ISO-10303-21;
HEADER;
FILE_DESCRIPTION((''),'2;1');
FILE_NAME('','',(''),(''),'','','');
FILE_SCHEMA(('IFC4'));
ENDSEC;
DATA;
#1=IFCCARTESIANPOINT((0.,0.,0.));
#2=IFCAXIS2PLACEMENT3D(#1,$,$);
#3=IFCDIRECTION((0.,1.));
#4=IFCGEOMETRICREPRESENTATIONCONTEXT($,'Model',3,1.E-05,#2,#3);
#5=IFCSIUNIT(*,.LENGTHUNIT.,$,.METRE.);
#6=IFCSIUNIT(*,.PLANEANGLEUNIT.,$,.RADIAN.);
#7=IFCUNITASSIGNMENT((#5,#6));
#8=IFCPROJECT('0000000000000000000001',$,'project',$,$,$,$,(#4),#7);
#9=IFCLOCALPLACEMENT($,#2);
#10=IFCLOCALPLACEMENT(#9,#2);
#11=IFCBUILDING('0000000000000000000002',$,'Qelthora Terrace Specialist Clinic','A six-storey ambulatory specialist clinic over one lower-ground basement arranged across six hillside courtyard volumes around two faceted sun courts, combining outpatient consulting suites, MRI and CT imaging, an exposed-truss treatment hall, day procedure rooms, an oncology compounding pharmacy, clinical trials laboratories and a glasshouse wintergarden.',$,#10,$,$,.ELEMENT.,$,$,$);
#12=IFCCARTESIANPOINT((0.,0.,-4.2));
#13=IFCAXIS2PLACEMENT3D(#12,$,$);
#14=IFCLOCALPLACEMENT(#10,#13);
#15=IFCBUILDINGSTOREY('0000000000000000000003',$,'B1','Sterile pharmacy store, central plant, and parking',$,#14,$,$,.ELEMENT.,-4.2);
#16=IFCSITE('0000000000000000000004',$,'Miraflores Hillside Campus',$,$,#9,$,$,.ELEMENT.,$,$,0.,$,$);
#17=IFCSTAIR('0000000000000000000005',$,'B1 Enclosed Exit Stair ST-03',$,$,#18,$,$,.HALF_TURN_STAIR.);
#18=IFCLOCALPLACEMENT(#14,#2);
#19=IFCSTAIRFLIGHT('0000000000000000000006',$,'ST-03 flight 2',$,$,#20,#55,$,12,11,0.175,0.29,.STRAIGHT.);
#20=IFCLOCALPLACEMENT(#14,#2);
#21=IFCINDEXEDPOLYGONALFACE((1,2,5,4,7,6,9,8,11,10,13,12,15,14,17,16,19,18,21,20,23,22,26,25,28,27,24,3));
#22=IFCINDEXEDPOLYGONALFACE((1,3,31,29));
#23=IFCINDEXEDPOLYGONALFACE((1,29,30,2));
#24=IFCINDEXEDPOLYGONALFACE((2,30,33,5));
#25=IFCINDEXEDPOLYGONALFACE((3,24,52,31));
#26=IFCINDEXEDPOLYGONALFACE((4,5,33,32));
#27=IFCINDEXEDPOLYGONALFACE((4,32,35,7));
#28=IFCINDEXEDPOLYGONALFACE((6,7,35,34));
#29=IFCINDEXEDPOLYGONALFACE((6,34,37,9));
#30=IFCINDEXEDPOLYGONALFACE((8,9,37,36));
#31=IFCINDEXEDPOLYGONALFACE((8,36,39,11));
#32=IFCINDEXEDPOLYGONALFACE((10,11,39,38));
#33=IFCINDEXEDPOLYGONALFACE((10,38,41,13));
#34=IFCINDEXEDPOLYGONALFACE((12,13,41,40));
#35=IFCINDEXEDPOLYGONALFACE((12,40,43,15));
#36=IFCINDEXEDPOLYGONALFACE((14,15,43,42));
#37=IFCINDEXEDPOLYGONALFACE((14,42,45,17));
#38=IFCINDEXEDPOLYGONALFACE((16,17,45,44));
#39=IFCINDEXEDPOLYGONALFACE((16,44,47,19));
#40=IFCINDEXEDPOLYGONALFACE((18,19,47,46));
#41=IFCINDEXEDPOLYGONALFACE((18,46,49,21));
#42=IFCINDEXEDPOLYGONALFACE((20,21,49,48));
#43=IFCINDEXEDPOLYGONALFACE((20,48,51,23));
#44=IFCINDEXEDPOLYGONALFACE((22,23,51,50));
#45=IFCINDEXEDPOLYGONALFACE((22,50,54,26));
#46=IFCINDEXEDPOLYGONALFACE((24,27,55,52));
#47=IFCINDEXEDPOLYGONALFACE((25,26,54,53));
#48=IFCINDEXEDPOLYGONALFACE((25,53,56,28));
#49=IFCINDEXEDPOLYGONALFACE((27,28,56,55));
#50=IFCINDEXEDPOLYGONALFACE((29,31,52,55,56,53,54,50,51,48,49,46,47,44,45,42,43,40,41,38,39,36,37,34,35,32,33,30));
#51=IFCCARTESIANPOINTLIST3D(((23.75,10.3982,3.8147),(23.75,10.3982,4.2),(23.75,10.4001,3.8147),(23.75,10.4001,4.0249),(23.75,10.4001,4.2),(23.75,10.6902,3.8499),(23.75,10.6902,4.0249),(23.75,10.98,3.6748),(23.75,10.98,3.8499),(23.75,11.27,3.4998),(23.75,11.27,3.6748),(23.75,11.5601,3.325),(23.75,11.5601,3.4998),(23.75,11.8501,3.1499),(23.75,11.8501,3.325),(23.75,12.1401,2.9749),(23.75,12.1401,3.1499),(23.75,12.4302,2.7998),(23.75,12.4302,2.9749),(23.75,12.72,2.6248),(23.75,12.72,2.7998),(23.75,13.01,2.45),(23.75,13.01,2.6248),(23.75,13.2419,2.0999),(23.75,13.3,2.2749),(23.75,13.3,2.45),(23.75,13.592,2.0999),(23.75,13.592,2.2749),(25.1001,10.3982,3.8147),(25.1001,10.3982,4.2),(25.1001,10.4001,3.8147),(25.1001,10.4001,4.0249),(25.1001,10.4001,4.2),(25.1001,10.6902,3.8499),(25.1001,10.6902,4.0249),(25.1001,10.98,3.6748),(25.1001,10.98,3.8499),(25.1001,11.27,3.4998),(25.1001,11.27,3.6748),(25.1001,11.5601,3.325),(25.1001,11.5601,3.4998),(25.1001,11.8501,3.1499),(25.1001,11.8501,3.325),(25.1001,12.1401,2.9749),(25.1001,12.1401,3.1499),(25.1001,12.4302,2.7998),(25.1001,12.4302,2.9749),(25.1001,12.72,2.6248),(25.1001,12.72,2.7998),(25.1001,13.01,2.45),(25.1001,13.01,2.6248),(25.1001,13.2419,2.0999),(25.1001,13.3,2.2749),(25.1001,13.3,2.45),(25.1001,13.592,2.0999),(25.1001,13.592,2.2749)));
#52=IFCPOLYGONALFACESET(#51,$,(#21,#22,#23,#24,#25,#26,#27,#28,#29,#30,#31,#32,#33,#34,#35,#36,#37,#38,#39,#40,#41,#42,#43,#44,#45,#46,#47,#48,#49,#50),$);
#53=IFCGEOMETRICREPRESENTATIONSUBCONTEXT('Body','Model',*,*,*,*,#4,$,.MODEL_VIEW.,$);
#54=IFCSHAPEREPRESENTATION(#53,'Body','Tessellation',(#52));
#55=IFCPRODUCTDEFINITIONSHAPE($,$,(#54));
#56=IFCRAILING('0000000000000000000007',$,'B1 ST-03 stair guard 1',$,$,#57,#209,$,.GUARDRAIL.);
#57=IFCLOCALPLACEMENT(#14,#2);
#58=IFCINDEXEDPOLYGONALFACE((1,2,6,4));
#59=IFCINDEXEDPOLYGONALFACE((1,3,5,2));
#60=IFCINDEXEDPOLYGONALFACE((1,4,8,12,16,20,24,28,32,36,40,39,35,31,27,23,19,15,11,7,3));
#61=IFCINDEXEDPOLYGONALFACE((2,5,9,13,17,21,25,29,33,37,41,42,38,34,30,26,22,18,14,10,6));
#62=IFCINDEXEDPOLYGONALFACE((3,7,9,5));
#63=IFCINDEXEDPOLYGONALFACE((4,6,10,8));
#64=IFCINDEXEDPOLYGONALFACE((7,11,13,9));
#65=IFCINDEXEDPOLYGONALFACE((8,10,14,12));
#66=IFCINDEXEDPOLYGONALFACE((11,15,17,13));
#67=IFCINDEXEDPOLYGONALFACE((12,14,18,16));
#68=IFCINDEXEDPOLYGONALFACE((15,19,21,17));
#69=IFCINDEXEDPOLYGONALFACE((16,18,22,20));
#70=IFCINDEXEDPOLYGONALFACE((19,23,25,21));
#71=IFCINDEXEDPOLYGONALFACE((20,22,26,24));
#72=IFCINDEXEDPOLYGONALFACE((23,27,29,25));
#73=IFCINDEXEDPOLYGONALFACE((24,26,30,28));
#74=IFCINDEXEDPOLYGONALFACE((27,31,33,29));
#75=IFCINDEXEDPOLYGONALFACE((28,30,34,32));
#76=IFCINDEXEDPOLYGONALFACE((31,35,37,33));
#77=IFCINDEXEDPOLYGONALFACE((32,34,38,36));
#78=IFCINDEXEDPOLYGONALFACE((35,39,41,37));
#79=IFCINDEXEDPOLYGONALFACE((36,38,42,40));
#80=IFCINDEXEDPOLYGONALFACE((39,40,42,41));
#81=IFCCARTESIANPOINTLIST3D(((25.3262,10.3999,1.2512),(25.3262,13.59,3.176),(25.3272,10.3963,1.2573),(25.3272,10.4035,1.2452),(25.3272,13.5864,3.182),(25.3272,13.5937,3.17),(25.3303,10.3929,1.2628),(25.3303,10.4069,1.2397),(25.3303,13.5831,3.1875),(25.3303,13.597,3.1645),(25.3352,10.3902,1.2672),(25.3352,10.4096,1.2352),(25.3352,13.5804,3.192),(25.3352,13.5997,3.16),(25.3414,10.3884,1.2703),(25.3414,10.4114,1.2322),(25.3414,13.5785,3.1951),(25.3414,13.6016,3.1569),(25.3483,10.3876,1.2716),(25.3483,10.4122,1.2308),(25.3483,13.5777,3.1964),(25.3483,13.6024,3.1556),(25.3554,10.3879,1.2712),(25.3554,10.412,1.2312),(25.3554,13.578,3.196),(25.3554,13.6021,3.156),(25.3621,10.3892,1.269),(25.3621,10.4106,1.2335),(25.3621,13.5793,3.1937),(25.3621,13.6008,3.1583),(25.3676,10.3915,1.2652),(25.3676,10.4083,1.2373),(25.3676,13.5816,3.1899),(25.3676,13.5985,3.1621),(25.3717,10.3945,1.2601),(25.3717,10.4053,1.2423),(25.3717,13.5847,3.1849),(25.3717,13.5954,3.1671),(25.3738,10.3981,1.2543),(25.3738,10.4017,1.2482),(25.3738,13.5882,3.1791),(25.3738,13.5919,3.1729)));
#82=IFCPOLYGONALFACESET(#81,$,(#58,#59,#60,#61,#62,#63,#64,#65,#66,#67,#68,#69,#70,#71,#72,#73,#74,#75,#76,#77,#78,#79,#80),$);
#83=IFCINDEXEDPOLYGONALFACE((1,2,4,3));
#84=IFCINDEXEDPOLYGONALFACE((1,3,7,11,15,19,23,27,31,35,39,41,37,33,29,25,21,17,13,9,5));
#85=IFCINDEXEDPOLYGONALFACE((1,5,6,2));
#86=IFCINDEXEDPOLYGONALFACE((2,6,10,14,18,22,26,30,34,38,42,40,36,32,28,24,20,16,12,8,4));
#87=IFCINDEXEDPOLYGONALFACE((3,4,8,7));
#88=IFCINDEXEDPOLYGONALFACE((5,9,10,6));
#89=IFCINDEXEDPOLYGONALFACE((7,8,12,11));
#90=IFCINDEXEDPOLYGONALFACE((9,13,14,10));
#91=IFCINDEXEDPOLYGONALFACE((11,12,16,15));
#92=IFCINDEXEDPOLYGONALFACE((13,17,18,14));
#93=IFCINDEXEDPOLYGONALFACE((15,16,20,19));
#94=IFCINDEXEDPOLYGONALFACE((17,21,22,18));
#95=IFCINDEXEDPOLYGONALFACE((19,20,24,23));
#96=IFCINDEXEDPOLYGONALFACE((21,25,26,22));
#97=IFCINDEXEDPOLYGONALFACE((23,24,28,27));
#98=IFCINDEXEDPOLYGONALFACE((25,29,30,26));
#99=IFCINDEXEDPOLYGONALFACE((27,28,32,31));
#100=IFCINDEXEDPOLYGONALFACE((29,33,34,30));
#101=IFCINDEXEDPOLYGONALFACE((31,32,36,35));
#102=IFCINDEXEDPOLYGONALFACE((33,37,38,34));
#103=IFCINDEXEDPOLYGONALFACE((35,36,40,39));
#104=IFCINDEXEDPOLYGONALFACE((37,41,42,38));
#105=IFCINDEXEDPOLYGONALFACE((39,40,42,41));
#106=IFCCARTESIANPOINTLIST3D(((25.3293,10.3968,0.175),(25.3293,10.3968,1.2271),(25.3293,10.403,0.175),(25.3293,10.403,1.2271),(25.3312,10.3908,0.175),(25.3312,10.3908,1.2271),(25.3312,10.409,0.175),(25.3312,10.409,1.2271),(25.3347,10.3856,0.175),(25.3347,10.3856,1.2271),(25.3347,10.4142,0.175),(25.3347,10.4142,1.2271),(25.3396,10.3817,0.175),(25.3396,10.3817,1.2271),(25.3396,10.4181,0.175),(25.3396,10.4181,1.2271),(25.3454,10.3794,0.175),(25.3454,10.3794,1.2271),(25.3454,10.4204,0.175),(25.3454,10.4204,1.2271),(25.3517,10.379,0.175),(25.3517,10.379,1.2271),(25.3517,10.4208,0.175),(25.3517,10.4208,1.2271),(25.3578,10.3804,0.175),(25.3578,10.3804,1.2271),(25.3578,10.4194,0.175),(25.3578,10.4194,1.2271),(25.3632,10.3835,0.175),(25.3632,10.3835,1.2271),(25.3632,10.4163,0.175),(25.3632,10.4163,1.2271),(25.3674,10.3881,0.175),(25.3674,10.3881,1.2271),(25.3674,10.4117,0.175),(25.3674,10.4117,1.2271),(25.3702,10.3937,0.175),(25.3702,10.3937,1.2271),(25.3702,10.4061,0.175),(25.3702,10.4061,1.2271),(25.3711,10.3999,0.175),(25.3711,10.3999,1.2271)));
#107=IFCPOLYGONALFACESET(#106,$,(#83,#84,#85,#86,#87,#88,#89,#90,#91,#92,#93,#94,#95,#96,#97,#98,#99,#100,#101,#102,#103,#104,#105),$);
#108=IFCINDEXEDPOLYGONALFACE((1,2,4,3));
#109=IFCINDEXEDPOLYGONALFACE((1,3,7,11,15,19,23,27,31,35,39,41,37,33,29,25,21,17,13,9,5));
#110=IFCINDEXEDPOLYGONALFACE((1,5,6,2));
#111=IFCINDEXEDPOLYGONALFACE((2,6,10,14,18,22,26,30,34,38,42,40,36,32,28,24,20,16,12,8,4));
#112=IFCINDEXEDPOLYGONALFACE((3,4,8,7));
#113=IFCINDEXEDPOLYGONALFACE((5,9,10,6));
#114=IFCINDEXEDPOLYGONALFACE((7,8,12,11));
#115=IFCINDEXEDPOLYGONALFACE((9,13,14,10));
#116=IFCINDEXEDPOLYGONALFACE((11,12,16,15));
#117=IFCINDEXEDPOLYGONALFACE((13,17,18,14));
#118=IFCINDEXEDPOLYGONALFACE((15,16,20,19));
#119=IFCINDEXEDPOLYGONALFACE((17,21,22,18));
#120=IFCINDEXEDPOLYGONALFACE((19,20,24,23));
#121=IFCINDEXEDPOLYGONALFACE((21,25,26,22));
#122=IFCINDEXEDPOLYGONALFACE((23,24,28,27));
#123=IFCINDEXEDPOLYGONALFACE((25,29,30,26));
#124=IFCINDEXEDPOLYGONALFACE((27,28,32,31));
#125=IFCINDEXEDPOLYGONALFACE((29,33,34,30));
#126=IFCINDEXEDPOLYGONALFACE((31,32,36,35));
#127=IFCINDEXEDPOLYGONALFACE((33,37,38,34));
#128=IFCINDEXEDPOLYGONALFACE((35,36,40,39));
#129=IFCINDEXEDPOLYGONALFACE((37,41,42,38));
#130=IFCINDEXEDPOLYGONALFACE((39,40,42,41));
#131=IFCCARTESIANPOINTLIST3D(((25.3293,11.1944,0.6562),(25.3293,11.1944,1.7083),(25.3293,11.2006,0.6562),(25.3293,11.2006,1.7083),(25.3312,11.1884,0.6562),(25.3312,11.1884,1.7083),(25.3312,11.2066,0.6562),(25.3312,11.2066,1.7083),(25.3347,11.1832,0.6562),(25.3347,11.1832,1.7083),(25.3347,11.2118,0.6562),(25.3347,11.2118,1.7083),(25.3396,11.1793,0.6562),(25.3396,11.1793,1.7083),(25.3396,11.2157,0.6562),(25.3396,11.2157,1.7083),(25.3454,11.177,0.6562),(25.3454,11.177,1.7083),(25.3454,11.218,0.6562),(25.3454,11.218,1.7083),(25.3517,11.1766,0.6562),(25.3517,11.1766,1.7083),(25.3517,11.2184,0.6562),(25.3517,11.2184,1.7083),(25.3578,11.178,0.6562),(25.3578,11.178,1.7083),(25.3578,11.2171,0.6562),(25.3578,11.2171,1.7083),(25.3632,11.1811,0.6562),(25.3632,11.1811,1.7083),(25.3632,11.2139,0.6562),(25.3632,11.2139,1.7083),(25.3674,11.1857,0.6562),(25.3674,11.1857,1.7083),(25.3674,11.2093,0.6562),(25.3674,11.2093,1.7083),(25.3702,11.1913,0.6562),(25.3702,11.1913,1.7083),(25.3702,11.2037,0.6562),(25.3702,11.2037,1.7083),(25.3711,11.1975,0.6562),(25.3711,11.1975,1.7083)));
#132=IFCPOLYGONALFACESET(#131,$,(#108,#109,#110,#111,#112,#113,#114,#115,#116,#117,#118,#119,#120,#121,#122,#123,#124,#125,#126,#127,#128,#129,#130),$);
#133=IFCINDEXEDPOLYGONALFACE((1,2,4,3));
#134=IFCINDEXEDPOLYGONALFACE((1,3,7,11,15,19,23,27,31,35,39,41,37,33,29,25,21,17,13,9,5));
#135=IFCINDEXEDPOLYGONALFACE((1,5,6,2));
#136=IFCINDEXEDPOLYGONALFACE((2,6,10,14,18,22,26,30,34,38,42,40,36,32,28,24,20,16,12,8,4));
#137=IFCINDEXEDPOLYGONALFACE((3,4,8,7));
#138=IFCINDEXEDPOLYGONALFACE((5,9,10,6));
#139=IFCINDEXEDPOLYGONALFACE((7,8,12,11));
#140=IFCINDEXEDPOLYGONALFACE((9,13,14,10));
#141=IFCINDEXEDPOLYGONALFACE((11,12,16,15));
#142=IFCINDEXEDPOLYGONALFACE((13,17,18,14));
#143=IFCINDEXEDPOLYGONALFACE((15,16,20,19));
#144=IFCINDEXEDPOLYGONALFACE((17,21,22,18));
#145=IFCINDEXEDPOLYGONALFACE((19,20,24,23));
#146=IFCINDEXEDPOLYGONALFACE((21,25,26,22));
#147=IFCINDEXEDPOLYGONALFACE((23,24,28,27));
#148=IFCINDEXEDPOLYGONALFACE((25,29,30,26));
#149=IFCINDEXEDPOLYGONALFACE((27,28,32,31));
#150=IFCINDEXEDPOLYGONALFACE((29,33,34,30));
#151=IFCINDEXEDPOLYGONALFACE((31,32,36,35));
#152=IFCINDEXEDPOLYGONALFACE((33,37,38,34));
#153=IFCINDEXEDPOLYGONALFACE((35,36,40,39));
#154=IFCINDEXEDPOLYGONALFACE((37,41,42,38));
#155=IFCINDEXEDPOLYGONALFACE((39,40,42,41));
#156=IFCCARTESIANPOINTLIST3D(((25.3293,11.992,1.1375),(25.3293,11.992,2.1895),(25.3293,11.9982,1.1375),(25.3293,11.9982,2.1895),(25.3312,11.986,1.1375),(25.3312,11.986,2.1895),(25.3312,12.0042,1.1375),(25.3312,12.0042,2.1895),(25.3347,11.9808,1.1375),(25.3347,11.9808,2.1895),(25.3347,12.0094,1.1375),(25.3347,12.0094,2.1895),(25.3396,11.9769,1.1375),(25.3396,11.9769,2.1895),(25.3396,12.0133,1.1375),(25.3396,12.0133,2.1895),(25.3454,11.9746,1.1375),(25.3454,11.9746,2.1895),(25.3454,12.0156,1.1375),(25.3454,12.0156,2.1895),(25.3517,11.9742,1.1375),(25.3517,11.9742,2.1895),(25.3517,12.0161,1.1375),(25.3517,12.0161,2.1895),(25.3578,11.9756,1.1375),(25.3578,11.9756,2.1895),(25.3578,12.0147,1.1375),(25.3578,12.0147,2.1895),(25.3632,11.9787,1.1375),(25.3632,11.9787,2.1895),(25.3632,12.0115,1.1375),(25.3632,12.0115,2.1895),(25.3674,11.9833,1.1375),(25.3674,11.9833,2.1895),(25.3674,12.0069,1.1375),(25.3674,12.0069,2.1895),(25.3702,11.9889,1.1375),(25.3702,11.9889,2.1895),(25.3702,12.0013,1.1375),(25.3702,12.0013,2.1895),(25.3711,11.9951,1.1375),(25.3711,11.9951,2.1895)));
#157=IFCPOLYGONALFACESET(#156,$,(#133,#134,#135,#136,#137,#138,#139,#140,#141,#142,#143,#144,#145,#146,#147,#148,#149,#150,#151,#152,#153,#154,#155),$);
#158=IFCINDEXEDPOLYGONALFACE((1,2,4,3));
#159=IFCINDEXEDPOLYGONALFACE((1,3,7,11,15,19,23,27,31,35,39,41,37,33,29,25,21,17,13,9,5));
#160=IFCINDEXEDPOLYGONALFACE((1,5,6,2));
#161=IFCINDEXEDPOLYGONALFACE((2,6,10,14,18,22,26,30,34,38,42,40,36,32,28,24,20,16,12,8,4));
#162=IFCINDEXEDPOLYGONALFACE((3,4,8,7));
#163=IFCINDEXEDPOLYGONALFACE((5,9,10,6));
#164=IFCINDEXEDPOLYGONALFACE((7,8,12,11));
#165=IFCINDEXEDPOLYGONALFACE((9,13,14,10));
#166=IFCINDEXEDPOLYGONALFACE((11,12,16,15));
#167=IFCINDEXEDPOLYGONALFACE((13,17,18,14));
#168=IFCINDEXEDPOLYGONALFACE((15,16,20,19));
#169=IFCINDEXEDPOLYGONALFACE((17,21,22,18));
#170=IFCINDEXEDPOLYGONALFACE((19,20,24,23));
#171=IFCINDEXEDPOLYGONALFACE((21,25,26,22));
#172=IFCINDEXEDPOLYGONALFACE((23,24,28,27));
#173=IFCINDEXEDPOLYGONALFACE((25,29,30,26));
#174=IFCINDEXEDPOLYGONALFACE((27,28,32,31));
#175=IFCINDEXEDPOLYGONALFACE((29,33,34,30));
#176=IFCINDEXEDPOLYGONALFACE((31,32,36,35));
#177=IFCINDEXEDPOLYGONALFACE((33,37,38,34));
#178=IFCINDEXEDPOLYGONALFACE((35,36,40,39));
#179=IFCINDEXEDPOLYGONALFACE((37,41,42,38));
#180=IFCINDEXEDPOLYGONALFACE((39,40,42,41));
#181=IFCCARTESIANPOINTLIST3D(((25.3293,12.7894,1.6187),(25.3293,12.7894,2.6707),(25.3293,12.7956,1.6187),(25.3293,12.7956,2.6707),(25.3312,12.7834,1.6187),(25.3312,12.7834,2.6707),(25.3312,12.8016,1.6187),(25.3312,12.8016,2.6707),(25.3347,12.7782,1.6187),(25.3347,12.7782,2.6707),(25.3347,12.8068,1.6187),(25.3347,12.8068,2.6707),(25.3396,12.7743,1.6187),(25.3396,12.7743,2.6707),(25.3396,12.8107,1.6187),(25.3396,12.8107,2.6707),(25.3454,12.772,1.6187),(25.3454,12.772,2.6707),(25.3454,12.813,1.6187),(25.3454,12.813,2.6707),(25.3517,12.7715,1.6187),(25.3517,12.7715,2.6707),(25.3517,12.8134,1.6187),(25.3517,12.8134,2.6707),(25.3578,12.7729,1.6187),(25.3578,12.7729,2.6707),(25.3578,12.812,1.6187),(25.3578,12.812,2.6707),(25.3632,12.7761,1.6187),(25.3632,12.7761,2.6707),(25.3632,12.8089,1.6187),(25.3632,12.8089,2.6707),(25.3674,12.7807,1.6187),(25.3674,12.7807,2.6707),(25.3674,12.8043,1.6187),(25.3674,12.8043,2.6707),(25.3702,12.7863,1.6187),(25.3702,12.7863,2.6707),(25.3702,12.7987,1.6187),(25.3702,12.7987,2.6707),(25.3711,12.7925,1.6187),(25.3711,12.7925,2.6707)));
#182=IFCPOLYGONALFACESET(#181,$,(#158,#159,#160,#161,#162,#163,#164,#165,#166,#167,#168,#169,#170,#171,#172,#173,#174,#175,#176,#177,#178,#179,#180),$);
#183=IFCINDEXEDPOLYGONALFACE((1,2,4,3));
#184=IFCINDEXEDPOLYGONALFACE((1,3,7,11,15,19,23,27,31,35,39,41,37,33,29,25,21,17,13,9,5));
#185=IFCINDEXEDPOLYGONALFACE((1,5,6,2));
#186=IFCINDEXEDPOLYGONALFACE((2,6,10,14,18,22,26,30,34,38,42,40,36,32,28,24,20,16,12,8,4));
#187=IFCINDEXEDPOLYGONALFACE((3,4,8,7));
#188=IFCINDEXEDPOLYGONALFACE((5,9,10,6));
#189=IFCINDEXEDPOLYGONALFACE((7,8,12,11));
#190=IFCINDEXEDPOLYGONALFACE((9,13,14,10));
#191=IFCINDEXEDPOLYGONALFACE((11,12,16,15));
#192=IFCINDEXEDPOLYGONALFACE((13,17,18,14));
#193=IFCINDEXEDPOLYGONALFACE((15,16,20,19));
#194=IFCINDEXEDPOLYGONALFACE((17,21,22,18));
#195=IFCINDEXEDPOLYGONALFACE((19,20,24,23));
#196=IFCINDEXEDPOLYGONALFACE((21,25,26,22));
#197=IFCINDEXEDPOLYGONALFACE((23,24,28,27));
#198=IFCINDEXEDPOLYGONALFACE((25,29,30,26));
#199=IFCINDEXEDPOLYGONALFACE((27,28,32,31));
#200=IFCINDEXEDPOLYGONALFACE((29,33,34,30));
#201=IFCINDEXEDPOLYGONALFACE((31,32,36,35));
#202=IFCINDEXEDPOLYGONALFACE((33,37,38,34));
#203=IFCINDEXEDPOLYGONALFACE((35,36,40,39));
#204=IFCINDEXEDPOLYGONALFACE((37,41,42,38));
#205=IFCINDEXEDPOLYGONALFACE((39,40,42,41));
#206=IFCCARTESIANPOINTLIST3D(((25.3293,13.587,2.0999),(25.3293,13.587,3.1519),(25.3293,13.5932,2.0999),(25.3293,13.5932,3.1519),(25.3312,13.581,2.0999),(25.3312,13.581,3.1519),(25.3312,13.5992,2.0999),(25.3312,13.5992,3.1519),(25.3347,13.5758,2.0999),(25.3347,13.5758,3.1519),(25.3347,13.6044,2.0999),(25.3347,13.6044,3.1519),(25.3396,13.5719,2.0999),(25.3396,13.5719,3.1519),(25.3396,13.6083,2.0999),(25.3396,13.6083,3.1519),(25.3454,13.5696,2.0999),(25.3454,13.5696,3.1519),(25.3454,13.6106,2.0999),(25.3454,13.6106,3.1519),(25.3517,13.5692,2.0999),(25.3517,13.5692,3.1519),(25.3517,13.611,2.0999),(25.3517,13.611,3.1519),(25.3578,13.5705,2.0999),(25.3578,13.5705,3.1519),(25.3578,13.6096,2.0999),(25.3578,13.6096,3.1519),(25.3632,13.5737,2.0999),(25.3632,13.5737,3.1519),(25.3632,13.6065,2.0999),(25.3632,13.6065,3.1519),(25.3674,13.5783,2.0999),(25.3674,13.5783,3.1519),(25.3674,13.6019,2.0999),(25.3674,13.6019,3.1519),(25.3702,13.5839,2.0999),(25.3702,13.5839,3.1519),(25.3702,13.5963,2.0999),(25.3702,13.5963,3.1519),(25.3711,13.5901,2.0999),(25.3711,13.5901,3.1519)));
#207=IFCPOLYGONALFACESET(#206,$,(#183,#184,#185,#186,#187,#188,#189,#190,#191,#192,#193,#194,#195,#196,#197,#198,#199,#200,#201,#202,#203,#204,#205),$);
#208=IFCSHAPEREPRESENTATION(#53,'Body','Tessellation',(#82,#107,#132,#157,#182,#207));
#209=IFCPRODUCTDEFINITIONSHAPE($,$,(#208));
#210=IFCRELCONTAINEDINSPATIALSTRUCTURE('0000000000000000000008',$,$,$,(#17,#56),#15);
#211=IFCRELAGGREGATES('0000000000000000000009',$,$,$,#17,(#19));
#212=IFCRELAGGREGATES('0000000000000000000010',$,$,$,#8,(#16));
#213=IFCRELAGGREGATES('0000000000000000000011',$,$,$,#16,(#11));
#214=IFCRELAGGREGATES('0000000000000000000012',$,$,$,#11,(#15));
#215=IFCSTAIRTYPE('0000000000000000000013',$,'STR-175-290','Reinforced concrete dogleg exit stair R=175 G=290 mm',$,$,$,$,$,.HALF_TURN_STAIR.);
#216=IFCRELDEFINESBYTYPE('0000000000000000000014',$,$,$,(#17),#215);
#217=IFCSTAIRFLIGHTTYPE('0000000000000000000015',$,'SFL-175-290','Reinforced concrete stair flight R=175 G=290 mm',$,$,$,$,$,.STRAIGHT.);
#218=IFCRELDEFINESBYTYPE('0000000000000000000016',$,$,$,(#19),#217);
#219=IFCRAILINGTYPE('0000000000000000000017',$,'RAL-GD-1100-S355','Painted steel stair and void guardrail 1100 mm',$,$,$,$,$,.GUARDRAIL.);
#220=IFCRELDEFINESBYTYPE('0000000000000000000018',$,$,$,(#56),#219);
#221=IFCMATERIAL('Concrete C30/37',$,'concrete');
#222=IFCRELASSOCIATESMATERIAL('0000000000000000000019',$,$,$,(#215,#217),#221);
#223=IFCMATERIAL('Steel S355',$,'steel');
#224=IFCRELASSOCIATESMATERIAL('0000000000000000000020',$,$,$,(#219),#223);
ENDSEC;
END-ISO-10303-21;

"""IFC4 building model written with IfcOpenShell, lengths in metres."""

from ifc_helpers import new_model, si_unit, direction, frame, origin, origin_2d, place, context, subcontext, project, spatial, polyline, circle, outline, extrude, material, type_object, element, aggregate, save


model = new_model("IFC4")

# Units and contexts
model_context = context("Model", 3, precision=1e-05, world=origin(), true_north=direction((0.0, 1.0)))
body_context = subcontext(model_context, "Body", "Model", "MODEL_VIEW")
ifc_project = project(units=[si_unit("LENGTHUNIT", "METRE"), si_unit("PLANEANGLEUNIT", "RADIAN")], contexts=[model_context])

# Site, building, storey
site_placement = place(None, origin())
site = spatial("IfcSite", under=ifc_project, at=site_placement, Name="Miraflores Hillside Campus", CompositionType="ELEMENT", RefElevation=0.0)
building_placement = place(site_placement, origin())
building = spatial("IfcBuilding", under=site, at=building_placement, Name="Qelthora Terrace Specialist Clinic", Description="A six-storey ambulatory specialist clinic over one lower-ground basement arranged across six hillside courtyard volumes around two faceted sun courts, combining outpatient consulting suites, MRI and CT imaging, an exposed-truss treatment hall, day procedure rooms, an oncology compounding pharmacy, clinical trials laboratories and a glasshouse wintergarden.", CompositionType="ELEMENT")
storey_placement = place(building_placement, frame((0.0, 0.0, -4.2)))
storey = spatial("IfcBuildingStorey", under=building, at=storey_placement, Name="B1", Description="Sterile pharmacy store, central plant, and parking", CompositionType="ELEMENT", Elevation=-4.2)

# Shared definitions
ifc_material_1 = material(Name="Steel S355", Category="steel")

# Stair, stair flight
ifc_material_2 = material(Name="Concrete C30/37", Category="concrete")
stair_type = type_object("IfcStairType", Name="STR-175-290", Description="Reinforced concrete dogleg exit stair R=175 G=290 mm", PredefinedType="HALF_TURN_STAIR", material=ifc_material_2)
stair_placement = place(storey_placement, origin())
stair = element("IfcStair", 1, at=stair_placement, inside=storey, type_object=stair_type, Name="B1 Enclosed Exit Stair ST-03", PredefinedType="HALF_TURN_STAIR")
stair_flight_type = type_object("IfcStairFlightType", Name="SFL-175-290", Description="Reinforced concrete stair flight R=175 G=290 mm", PredefinedType="STRAIGHT", material=ifc_material_2)
stair_flight_1_placement = place(storey_placement, frame((24.425, 13.5901, 2.0999), z_axis=(0.0, 0.0, 1.0), x_axis=(0.0, -1.0, 0.0)))
stair_flight_1 = element("IfcStairFlight", 2, at=stair_flight_1_placement, type_object=stair_flight_type, Name="ST-03 flight 2", NumberOfRisers=12, NumberOfTreads=11, PredefinedType="STRAIGHT", RiserHeight=0.175, TreadLength=0.29, context=body_context, shape_type="SweptSolid", body=[
    extrude(outline(polyline([(-0.002, 0.0), (-0.002, 0.175), (0.29, 0.175), (0.29, 0.3501), (0.5801, 0.3501), (0.5801, 0.5249), (0.8701, 0.5249), (0.8701, 0.7), (1.1599, 0.7), (1.1599, 0.875), (1.45, 0.875), (1.45, 1.05), (1.74, 1.05), (1.74, 1.2251), (2.03, 1.2251), (2.03, 1.3999), (2.3201, 1.3999), (2.3201, 1.575), (2.6101, 1.575), (2.6101, 1.75), (2.8999, 1.75), (2.8999, 1.925), (3.1899, 1.925), (3.1899, 2.1001), (3.1919, 2.1001), (3.1919, 1.7148), (3.1899, 1.7148), (0.3481, 0.0), (-0.002, 0.0)])), frame((0.0, 0.675, 0.0), z_axis=(0.0, -1.0, 0.0), x_axis=(1.0, 0.0, 0.0)), (0.0, 0.0, 1.0), 1.3501),
])
aggregate(stair, [stair_flight_1])

# Railing
railing_type_1 = type_object("IfcRailingType", Name="RAL-GD-1100-S355", Description="Painted steel stair and void guardrail 1100 mm", PredefinedType="GUARDRAIL", material=ifc_material_1)
railing_1_placement = place(storey_placement, frame((25.3501, 10.3999, 0.175)))
element("IfcRailing", 3, at=railing_1_placement, inside=storey, type_object=railing_type_1, Name="B1 ST-03 stair guard 1", PredefinedType="GUARDRAIL", context=body_context, shape_type="SweptSolid", body=[
    extrude(circle(Radius=0.0239, at=origin_2d()), frame((0.0, 0.0, 1.0762), z_axis=(0.0, 0.856224, 0.516605), x_axis=(-1.0, 0.0, 0.0)), (0.0, 0.0, 1.0), 3.7258),
    extrude(circle(Radius=0.021, at=origin_2d()), origin(), (0.0, 0.0, 1.0), 1.052),
    extrude(circle(Radius=0.021, at=origin_2d()), frame((0.0, 0.7976, 0.4812)), (0.0, 0.0, 1.0), 1.052),
    extrude(circle(Radius=0.021, at=origin_2d()), frame((0.0, 1.5952, 0.9624)), (0.0, 0.0, 1.0), 1.052),
    extrude(circle(Radius=0.021, at=origin_2d()), frame((0.0, 2.3926, 1.4436)), (0.0, 0.0, 1.0), 1.052),
    extrude(circle(Radius=0.021, at=origin_2d()), frame((0.0, 3.1902, 1.9248)), (0.0, 0.0, 1.0), 1.052),
])

save(model, "model.ifc")
